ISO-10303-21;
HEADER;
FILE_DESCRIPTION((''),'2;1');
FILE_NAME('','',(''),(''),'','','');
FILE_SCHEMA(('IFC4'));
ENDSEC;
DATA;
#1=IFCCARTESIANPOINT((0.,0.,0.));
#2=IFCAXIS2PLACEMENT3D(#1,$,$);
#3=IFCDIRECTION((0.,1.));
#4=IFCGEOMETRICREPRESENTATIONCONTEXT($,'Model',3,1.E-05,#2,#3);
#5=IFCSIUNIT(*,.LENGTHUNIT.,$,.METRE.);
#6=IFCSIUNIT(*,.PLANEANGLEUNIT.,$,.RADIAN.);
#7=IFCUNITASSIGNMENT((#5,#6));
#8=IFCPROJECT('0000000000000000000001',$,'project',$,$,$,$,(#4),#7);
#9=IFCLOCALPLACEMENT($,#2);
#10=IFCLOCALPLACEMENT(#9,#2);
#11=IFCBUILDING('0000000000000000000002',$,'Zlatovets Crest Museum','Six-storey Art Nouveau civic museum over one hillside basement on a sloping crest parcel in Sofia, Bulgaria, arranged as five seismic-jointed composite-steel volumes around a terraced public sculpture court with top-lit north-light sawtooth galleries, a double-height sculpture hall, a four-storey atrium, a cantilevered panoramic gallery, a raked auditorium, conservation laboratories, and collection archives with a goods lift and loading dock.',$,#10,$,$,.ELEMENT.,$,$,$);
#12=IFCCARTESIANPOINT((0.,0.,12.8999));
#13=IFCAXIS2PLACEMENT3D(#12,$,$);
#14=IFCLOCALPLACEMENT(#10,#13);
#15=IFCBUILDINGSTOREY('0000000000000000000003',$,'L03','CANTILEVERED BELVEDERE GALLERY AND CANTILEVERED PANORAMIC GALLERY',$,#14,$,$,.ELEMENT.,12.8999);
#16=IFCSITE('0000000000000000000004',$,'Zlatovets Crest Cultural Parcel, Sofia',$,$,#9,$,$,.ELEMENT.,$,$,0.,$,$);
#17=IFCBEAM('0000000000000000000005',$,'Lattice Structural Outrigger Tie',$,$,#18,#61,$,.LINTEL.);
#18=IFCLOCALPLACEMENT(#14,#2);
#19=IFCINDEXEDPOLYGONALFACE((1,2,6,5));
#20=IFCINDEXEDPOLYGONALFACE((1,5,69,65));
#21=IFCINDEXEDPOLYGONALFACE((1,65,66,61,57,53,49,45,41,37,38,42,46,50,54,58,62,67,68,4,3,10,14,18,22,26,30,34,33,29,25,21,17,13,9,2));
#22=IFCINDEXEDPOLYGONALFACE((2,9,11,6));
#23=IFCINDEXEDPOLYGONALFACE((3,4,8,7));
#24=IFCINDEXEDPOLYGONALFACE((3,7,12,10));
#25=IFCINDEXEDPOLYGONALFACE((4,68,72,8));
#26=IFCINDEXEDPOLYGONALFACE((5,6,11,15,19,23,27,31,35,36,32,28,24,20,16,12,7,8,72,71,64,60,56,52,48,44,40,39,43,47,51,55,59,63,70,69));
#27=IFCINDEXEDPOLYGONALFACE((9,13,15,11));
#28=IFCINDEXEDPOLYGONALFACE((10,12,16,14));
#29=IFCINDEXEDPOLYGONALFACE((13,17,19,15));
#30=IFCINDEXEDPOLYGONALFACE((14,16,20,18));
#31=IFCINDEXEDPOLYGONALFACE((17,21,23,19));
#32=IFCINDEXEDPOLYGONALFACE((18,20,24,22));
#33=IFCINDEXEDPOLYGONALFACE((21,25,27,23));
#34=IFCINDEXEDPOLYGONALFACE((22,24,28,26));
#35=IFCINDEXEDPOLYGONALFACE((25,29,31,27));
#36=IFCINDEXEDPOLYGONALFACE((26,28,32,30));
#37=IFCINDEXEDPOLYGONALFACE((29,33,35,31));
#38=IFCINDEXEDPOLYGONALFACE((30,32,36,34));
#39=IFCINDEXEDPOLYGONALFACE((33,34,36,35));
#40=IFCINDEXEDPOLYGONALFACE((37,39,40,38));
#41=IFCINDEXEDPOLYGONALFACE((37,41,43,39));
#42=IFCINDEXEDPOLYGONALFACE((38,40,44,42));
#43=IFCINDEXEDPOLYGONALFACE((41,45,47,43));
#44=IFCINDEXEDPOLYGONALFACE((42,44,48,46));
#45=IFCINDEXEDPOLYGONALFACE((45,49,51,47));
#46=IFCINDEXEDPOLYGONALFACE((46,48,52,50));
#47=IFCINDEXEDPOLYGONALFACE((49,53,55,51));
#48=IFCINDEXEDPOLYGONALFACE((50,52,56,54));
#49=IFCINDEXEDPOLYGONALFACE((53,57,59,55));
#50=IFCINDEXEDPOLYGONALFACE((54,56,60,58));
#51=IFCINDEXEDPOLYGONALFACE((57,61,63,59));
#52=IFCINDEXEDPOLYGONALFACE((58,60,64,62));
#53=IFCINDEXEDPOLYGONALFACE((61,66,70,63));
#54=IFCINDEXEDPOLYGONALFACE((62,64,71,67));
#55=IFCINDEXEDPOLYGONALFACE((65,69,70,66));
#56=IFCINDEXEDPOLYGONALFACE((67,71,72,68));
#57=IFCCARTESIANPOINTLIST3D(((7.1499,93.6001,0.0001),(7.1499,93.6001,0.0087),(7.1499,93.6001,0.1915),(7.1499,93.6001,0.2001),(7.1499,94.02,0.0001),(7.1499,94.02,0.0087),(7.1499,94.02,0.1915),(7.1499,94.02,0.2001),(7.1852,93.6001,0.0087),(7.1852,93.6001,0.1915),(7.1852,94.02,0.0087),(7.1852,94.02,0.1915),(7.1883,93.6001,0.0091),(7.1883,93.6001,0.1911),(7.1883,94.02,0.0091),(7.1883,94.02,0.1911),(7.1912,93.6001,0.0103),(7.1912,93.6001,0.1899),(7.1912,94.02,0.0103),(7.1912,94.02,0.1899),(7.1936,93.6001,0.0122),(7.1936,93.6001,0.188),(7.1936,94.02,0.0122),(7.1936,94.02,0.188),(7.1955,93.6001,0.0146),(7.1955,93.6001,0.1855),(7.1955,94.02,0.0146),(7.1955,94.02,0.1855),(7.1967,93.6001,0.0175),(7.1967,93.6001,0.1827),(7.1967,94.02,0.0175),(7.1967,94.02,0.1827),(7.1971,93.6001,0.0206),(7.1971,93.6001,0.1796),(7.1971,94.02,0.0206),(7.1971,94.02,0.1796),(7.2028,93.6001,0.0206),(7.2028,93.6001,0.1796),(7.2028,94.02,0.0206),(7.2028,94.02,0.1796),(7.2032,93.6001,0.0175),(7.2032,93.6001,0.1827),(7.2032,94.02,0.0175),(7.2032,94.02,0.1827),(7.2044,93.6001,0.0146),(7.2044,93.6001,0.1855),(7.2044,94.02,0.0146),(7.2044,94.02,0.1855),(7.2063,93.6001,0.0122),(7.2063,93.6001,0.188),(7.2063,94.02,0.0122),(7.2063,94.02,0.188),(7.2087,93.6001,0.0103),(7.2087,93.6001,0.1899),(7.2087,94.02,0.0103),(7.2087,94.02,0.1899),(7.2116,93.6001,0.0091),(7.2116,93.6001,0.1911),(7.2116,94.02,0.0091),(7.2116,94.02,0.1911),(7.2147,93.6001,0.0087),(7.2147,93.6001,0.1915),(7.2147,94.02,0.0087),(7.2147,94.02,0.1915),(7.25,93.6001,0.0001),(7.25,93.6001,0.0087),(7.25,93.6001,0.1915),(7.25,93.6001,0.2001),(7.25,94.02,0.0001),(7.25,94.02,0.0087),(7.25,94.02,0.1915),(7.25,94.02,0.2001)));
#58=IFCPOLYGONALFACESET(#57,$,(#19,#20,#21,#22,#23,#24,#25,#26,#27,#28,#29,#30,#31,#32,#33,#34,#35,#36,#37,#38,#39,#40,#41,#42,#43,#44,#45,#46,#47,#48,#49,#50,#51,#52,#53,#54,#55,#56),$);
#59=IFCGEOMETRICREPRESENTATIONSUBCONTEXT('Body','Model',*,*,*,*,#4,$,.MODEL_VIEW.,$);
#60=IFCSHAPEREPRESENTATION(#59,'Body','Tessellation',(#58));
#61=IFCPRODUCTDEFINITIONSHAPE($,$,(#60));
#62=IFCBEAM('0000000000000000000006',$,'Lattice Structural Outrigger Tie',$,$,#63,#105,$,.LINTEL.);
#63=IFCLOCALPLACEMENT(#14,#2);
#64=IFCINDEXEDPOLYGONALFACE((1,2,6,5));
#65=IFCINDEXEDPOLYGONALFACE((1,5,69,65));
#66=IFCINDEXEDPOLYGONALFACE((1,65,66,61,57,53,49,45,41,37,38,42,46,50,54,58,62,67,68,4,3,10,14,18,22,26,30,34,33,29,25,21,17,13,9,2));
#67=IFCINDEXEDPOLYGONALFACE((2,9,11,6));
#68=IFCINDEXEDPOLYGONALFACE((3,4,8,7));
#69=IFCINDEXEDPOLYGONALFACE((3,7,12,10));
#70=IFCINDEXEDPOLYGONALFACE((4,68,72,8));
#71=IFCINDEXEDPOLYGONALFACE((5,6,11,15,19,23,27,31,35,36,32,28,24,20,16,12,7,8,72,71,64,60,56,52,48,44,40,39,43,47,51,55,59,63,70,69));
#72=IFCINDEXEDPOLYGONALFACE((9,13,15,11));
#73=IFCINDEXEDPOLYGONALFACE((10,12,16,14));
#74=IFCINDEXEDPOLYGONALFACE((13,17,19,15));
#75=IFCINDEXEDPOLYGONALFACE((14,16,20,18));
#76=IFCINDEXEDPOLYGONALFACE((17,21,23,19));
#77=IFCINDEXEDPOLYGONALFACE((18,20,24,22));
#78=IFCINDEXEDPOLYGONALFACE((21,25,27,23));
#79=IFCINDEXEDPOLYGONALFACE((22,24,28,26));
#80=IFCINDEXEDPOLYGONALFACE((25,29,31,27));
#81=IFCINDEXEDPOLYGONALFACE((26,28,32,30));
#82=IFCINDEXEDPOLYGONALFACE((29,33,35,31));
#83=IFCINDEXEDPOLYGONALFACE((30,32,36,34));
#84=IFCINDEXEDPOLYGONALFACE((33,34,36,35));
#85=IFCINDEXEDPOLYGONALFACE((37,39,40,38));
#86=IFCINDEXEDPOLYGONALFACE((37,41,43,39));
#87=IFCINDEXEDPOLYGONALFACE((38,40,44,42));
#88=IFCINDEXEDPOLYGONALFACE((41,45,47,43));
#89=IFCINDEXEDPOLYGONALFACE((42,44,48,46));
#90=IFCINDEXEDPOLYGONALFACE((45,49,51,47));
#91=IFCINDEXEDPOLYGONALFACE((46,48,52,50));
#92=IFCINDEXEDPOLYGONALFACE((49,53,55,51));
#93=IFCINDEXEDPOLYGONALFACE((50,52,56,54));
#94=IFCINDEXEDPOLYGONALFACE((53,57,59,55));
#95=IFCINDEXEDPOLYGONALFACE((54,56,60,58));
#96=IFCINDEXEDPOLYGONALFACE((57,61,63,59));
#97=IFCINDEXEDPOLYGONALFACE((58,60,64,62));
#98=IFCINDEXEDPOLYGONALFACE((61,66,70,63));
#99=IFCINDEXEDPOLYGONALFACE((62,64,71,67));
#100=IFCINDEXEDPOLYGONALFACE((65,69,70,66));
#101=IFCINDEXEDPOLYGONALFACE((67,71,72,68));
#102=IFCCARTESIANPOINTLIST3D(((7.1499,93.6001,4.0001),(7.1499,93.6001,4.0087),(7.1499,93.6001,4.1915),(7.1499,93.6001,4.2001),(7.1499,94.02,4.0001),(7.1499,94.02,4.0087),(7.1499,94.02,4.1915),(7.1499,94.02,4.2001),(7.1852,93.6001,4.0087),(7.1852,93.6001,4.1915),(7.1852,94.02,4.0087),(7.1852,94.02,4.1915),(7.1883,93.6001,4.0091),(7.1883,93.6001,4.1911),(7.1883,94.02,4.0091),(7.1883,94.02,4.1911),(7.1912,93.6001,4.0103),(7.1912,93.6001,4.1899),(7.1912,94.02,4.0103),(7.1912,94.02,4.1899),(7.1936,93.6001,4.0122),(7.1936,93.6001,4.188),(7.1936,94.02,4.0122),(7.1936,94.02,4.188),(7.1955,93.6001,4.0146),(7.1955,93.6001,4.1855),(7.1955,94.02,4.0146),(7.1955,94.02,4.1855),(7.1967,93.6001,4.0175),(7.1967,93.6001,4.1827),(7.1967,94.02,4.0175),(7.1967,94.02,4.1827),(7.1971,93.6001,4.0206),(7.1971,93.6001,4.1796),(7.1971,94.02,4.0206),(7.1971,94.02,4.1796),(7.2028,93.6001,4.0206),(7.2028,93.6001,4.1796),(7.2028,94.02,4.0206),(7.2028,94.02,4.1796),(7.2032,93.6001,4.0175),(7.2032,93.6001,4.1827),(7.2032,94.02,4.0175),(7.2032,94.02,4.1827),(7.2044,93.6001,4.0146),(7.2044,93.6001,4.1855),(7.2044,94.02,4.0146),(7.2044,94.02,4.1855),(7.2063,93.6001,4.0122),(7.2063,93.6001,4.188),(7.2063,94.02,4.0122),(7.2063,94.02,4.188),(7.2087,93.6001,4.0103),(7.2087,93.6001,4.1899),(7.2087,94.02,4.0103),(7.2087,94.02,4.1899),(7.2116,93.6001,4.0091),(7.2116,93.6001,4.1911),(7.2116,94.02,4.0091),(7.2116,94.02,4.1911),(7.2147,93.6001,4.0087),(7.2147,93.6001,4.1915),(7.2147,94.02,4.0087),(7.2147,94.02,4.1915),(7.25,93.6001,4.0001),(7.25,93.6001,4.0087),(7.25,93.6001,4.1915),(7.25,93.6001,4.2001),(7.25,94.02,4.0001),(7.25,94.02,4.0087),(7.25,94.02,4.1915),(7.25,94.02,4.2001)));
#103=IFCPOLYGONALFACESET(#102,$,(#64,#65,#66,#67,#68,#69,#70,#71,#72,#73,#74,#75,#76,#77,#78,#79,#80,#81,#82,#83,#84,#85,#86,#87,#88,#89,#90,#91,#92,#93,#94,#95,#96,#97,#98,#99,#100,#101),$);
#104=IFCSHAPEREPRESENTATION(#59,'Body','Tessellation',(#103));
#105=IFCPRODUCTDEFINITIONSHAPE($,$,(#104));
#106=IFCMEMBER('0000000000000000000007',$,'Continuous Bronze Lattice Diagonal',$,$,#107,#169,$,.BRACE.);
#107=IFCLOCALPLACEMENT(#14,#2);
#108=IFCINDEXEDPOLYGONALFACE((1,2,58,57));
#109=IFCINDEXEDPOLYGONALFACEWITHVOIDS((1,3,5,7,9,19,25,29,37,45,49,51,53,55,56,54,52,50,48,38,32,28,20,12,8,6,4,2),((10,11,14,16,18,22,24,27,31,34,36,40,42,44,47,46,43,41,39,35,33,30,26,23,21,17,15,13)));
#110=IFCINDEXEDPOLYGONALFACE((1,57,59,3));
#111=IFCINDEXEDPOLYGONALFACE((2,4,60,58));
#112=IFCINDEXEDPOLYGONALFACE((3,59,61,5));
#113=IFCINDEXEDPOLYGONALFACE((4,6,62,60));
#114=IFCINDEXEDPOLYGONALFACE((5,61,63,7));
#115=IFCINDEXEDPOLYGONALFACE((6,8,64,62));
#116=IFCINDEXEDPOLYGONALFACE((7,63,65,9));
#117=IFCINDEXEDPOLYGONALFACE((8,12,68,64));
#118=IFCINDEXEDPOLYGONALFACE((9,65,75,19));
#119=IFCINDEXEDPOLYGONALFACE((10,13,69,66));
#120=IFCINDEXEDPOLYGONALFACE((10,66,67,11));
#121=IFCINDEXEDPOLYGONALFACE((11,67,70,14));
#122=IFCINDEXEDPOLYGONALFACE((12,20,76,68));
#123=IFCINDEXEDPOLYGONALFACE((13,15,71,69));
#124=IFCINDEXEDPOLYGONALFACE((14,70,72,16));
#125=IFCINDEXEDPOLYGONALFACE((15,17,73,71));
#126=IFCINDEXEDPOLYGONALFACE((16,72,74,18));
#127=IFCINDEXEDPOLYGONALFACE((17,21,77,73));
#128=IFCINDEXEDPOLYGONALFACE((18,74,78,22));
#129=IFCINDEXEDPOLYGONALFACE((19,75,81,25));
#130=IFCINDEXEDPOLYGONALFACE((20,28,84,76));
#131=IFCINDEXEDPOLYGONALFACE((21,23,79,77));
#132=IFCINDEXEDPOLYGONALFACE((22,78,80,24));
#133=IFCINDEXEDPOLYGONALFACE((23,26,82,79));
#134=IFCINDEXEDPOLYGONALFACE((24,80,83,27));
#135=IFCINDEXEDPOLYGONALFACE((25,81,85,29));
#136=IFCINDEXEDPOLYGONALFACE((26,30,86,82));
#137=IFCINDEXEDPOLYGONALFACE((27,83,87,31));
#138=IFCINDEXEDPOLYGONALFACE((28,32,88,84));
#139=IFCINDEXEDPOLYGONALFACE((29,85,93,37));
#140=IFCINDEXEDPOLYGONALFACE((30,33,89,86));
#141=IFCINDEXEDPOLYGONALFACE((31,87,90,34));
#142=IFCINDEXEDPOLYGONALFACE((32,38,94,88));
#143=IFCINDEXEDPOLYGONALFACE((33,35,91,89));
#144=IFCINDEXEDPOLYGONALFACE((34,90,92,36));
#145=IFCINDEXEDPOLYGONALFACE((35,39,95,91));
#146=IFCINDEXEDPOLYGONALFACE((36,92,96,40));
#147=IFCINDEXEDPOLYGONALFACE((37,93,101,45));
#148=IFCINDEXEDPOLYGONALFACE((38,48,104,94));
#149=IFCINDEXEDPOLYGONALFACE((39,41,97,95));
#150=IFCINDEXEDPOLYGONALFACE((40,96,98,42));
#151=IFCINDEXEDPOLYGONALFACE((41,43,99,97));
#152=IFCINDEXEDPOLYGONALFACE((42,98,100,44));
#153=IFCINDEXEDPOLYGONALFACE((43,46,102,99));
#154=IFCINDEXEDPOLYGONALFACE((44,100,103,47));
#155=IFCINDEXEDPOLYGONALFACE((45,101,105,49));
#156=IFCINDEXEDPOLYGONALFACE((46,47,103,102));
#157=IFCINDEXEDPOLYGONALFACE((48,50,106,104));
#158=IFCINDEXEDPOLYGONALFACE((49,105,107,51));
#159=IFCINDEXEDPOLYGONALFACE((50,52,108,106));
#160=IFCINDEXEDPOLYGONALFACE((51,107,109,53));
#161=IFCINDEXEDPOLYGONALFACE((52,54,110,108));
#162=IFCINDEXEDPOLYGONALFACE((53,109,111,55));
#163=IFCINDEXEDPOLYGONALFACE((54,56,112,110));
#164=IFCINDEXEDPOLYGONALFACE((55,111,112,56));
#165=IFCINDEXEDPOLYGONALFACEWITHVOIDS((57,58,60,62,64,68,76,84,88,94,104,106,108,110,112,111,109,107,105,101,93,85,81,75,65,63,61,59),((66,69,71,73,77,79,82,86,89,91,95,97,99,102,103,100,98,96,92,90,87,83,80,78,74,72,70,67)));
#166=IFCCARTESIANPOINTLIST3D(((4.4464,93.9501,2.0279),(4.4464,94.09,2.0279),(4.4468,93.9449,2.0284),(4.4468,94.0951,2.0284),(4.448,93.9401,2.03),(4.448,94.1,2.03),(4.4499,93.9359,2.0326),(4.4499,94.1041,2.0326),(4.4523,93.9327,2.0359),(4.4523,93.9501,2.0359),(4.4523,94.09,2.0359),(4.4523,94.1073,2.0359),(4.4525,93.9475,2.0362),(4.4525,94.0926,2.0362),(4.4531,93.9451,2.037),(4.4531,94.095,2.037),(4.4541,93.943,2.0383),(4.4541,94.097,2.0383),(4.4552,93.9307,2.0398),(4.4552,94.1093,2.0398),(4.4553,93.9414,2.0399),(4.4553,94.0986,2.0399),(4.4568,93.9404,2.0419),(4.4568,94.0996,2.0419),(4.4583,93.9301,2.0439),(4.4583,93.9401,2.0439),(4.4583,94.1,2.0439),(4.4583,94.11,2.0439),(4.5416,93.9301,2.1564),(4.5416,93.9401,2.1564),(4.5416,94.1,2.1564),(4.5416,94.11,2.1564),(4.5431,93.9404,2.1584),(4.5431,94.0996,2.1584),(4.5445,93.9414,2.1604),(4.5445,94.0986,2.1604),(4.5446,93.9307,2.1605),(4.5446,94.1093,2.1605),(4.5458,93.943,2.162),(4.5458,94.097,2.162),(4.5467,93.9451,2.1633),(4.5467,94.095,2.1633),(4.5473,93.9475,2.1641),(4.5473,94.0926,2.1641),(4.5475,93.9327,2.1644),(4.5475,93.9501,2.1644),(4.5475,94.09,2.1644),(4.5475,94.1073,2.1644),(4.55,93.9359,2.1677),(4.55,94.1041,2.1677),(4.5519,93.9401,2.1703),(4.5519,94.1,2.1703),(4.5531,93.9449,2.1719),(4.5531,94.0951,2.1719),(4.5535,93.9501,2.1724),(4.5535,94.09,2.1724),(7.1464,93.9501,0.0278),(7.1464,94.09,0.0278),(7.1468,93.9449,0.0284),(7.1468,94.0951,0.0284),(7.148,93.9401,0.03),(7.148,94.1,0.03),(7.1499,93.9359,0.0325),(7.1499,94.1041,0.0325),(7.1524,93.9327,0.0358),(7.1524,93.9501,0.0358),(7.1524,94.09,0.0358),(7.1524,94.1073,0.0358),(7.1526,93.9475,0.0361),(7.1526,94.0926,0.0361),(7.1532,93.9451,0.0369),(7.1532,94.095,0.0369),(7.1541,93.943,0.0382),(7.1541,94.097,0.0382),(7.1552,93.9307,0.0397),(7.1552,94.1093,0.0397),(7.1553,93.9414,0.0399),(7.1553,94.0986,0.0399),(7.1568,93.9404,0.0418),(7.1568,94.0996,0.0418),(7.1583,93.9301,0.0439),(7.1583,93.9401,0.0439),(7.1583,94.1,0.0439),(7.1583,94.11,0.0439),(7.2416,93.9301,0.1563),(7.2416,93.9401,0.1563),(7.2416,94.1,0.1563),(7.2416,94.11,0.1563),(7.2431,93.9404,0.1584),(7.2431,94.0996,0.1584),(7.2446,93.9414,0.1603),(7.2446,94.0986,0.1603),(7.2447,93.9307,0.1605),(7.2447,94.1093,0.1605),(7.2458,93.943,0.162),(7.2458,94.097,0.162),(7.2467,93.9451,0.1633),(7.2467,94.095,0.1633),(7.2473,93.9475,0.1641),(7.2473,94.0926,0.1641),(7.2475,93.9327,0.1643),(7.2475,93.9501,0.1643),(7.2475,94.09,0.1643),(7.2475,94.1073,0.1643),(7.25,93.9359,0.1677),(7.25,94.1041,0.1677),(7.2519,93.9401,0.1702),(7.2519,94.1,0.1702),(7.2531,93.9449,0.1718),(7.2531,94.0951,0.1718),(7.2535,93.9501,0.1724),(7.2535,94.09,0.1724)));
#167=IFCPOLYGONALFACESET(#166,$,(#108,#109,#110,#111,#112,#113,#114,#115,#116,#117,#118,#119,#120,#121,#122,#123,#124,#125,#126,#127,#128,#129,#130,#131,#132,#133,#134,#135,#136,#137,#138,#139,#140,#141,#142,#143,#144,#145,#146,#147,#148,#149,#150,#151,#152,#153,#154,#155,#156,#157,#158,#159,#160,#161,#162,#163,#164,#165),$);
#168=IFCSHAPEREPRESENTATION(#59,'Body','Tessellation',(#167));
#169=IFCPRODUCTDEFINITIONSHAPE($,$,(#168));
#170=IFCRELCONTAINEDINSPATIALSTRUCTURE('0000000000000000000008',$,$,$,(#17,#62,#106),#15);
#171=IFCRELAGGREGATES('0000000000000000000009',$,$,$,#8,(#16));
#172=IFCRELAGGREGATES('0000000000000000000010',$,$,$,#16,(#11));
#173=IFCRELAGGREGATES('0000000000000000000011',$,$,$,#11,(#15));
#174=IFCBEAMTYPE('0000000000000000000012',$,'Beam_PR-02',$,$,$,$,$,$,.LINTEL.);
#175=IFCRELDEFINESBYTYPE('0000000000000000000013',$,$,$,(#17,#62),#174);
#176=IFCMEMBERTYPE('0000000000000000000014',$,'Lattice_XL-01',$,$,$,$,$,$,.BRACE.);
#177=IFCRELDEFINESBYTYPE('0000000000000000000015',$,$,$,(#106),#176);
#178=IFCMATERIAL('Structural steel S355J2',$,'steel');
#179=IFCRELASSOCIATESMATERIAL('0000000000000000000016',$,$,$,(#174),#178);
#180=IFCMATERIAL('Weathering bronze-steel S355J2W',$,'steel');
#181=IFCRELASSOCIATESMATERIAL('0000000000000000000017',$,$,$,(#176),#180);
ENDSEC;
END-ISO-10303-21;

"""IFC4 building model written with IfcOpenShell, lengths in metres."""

from ifc_helpers import new_model, si_unit, direction, frame, origin, origin_2d, place, context, subcontext, project, spatial, hollow_rectangle, i_section, extrude, material, material_profile, profile_set, type_object, element, save


model = new_model("IFC4")

# Units and contexts
model_context = context("Model", 3, precision=1e-05, world=origin(), true_north=direction((0.0, 1.0)))
body_context = subcontext(model_context, "Body", "Model", "MODEL_VIEW")
ifc_project = project(units=[si_unit("LENGTHUNIT", "METRE"), si_unit("PLANEANGLEUNIT", "RADIAN")], contexts=[model_context])

# Site, building, storey
site_placement = place(None, origin())
site = spatial("IfcSite", under=ifc_project, at=site_placement, Name="Zlatovets Crest Cultural Parcel, Sofia", CompositionType="ELEMENT", RefElevation=0.0)
building_placement = place(site_placement, origin())
building = spatial("IfcBuilding", under=site, at=building_placement, Name="Zlatovets Crest Museum", Description="Six-storey Art Nouveau civic museum over one hillside basement on a sloping crest parcel in Sofia, Bulgaria, arranged as five seismic-jointed composite-steel volumes around a terraced public sculpture court with top-lit north-light sawtooth galleries, a double-height sculpture hall, a four-storey atrium, a cantilevered panoramic gallery, a raked auditorium, conservation laboratories, and collection archives with a goods lift and loading dock.", CompositionType="ELEMENT")
storey_placement = place(building_placement, frame((0.0, 0.0, 12.8999)))
storey = spatial("IfcBuildingStorey", under=building, at=storey_placement, Name="L03", Description="CANTILEVERED BELVEDERE GALLERY AND CANTILEVERED PANORAMIC GALLERY", CompositionType="ELEMENT", Elevation=12.8999)

# Shared definitions
ifc_material_1 = material(Name="Structural steel S355J2", Category="steel")

# Beams
ifc_material_profile_1 = material_profile(ifc_material_1, i_section(OverallWidth=0.1001, OverallDepth=0.2, WebThickness=0.0056, FlangeThickness=0.0085, FilletRadius=0.012, at=origin_2d()), Name="IPE 200")
ifc_profile_set_1 = profile_set([ifc_material_profile_1], Name="Structural steel S355J2")
beam_type_1 = type_object("IfcBeamType", Name="Beam_PR-02", PredefinedType="LINTEL", material=ifc_profile_set_1)
for number, where, z_axis, x_axis, name in (
    (1, (7.2, 93.6001, 0.1001), (0.0, 1.0, 0.0), (-1.0, 0.0, 0.0), "Lattice Structural Outrigger Tie"),
    (2, (7.2, 93.6001, 4.1001), (0.0, 1.0, 0.0), (-1.0, 0.0, 0.0), "Lattice Structural Outrigger Tie"),
):
    element("IfcBeam", number, at=place(storey_placement, frame(where, z_axis=z_axis, x_axis=x_axis)), inside=storey, type_object=beam_type_1, Name=name, PredefinedType="LINTEL", context=body_context, shape_type="SweptSolid", body=[
        extrude(i_section(OverallWidth=0.1001, OverallDepth=0.2, WebThickness=0.0056, FlangeThickness=0.0085, FilletRadius=0.012, at=origin_2d()), origin(), (0.0, 0.0, 1.0), 0.4199),
    ])

# Member
ifc_material_2 = material(Name="Weathering bronze-steel S355J2W", Category="steel")
ifc_material_profile_2 = material_profile(ifc_material_2, hollow_rectangle(XDim=0.1799, YDim=0.1799, WallThickness=0.01, InnerFilletRadius=0.01, OuterFilletRadius=0.02, at=origin_2d()), Name="SHS 180x180x10.0")
ifc_profile_set_2 = profile_set([ifc_material_profile_2], Name="Weathering bronze-steel S355J2W")
member_type_1 = type_object("IfcMemberType", Name="Lattice_XL-01", PredefinedType="BRACE", material=ifc_profile_set_2)
member_1_placement = place(storey_placement, frame((7.2, 94.02, 0.1001), z_axis=(-0.803552, 0.0, 0.595235), x_axis=(0.0, -1.0, 0.0)))
element("IfcMember", 3, at=member_1_placement, inside=storey, type_object=member_type_1, Name="Continuous Bronze Lattice Diagonal", PredefinedType="BRACE", context=body_context, shape_type="SweptSolid", body=[
    extrude(hollow_rectangle(XDim=0.1799, YDim=0.1799, WallThickness=0.01, InnerFilletRadius=0.01, OuterFilletRadius=0.02, at=origin_2d()), origin(), (0.0, 0.0, 1.0), 3.3601),
])

save(model, "model.ifc")
